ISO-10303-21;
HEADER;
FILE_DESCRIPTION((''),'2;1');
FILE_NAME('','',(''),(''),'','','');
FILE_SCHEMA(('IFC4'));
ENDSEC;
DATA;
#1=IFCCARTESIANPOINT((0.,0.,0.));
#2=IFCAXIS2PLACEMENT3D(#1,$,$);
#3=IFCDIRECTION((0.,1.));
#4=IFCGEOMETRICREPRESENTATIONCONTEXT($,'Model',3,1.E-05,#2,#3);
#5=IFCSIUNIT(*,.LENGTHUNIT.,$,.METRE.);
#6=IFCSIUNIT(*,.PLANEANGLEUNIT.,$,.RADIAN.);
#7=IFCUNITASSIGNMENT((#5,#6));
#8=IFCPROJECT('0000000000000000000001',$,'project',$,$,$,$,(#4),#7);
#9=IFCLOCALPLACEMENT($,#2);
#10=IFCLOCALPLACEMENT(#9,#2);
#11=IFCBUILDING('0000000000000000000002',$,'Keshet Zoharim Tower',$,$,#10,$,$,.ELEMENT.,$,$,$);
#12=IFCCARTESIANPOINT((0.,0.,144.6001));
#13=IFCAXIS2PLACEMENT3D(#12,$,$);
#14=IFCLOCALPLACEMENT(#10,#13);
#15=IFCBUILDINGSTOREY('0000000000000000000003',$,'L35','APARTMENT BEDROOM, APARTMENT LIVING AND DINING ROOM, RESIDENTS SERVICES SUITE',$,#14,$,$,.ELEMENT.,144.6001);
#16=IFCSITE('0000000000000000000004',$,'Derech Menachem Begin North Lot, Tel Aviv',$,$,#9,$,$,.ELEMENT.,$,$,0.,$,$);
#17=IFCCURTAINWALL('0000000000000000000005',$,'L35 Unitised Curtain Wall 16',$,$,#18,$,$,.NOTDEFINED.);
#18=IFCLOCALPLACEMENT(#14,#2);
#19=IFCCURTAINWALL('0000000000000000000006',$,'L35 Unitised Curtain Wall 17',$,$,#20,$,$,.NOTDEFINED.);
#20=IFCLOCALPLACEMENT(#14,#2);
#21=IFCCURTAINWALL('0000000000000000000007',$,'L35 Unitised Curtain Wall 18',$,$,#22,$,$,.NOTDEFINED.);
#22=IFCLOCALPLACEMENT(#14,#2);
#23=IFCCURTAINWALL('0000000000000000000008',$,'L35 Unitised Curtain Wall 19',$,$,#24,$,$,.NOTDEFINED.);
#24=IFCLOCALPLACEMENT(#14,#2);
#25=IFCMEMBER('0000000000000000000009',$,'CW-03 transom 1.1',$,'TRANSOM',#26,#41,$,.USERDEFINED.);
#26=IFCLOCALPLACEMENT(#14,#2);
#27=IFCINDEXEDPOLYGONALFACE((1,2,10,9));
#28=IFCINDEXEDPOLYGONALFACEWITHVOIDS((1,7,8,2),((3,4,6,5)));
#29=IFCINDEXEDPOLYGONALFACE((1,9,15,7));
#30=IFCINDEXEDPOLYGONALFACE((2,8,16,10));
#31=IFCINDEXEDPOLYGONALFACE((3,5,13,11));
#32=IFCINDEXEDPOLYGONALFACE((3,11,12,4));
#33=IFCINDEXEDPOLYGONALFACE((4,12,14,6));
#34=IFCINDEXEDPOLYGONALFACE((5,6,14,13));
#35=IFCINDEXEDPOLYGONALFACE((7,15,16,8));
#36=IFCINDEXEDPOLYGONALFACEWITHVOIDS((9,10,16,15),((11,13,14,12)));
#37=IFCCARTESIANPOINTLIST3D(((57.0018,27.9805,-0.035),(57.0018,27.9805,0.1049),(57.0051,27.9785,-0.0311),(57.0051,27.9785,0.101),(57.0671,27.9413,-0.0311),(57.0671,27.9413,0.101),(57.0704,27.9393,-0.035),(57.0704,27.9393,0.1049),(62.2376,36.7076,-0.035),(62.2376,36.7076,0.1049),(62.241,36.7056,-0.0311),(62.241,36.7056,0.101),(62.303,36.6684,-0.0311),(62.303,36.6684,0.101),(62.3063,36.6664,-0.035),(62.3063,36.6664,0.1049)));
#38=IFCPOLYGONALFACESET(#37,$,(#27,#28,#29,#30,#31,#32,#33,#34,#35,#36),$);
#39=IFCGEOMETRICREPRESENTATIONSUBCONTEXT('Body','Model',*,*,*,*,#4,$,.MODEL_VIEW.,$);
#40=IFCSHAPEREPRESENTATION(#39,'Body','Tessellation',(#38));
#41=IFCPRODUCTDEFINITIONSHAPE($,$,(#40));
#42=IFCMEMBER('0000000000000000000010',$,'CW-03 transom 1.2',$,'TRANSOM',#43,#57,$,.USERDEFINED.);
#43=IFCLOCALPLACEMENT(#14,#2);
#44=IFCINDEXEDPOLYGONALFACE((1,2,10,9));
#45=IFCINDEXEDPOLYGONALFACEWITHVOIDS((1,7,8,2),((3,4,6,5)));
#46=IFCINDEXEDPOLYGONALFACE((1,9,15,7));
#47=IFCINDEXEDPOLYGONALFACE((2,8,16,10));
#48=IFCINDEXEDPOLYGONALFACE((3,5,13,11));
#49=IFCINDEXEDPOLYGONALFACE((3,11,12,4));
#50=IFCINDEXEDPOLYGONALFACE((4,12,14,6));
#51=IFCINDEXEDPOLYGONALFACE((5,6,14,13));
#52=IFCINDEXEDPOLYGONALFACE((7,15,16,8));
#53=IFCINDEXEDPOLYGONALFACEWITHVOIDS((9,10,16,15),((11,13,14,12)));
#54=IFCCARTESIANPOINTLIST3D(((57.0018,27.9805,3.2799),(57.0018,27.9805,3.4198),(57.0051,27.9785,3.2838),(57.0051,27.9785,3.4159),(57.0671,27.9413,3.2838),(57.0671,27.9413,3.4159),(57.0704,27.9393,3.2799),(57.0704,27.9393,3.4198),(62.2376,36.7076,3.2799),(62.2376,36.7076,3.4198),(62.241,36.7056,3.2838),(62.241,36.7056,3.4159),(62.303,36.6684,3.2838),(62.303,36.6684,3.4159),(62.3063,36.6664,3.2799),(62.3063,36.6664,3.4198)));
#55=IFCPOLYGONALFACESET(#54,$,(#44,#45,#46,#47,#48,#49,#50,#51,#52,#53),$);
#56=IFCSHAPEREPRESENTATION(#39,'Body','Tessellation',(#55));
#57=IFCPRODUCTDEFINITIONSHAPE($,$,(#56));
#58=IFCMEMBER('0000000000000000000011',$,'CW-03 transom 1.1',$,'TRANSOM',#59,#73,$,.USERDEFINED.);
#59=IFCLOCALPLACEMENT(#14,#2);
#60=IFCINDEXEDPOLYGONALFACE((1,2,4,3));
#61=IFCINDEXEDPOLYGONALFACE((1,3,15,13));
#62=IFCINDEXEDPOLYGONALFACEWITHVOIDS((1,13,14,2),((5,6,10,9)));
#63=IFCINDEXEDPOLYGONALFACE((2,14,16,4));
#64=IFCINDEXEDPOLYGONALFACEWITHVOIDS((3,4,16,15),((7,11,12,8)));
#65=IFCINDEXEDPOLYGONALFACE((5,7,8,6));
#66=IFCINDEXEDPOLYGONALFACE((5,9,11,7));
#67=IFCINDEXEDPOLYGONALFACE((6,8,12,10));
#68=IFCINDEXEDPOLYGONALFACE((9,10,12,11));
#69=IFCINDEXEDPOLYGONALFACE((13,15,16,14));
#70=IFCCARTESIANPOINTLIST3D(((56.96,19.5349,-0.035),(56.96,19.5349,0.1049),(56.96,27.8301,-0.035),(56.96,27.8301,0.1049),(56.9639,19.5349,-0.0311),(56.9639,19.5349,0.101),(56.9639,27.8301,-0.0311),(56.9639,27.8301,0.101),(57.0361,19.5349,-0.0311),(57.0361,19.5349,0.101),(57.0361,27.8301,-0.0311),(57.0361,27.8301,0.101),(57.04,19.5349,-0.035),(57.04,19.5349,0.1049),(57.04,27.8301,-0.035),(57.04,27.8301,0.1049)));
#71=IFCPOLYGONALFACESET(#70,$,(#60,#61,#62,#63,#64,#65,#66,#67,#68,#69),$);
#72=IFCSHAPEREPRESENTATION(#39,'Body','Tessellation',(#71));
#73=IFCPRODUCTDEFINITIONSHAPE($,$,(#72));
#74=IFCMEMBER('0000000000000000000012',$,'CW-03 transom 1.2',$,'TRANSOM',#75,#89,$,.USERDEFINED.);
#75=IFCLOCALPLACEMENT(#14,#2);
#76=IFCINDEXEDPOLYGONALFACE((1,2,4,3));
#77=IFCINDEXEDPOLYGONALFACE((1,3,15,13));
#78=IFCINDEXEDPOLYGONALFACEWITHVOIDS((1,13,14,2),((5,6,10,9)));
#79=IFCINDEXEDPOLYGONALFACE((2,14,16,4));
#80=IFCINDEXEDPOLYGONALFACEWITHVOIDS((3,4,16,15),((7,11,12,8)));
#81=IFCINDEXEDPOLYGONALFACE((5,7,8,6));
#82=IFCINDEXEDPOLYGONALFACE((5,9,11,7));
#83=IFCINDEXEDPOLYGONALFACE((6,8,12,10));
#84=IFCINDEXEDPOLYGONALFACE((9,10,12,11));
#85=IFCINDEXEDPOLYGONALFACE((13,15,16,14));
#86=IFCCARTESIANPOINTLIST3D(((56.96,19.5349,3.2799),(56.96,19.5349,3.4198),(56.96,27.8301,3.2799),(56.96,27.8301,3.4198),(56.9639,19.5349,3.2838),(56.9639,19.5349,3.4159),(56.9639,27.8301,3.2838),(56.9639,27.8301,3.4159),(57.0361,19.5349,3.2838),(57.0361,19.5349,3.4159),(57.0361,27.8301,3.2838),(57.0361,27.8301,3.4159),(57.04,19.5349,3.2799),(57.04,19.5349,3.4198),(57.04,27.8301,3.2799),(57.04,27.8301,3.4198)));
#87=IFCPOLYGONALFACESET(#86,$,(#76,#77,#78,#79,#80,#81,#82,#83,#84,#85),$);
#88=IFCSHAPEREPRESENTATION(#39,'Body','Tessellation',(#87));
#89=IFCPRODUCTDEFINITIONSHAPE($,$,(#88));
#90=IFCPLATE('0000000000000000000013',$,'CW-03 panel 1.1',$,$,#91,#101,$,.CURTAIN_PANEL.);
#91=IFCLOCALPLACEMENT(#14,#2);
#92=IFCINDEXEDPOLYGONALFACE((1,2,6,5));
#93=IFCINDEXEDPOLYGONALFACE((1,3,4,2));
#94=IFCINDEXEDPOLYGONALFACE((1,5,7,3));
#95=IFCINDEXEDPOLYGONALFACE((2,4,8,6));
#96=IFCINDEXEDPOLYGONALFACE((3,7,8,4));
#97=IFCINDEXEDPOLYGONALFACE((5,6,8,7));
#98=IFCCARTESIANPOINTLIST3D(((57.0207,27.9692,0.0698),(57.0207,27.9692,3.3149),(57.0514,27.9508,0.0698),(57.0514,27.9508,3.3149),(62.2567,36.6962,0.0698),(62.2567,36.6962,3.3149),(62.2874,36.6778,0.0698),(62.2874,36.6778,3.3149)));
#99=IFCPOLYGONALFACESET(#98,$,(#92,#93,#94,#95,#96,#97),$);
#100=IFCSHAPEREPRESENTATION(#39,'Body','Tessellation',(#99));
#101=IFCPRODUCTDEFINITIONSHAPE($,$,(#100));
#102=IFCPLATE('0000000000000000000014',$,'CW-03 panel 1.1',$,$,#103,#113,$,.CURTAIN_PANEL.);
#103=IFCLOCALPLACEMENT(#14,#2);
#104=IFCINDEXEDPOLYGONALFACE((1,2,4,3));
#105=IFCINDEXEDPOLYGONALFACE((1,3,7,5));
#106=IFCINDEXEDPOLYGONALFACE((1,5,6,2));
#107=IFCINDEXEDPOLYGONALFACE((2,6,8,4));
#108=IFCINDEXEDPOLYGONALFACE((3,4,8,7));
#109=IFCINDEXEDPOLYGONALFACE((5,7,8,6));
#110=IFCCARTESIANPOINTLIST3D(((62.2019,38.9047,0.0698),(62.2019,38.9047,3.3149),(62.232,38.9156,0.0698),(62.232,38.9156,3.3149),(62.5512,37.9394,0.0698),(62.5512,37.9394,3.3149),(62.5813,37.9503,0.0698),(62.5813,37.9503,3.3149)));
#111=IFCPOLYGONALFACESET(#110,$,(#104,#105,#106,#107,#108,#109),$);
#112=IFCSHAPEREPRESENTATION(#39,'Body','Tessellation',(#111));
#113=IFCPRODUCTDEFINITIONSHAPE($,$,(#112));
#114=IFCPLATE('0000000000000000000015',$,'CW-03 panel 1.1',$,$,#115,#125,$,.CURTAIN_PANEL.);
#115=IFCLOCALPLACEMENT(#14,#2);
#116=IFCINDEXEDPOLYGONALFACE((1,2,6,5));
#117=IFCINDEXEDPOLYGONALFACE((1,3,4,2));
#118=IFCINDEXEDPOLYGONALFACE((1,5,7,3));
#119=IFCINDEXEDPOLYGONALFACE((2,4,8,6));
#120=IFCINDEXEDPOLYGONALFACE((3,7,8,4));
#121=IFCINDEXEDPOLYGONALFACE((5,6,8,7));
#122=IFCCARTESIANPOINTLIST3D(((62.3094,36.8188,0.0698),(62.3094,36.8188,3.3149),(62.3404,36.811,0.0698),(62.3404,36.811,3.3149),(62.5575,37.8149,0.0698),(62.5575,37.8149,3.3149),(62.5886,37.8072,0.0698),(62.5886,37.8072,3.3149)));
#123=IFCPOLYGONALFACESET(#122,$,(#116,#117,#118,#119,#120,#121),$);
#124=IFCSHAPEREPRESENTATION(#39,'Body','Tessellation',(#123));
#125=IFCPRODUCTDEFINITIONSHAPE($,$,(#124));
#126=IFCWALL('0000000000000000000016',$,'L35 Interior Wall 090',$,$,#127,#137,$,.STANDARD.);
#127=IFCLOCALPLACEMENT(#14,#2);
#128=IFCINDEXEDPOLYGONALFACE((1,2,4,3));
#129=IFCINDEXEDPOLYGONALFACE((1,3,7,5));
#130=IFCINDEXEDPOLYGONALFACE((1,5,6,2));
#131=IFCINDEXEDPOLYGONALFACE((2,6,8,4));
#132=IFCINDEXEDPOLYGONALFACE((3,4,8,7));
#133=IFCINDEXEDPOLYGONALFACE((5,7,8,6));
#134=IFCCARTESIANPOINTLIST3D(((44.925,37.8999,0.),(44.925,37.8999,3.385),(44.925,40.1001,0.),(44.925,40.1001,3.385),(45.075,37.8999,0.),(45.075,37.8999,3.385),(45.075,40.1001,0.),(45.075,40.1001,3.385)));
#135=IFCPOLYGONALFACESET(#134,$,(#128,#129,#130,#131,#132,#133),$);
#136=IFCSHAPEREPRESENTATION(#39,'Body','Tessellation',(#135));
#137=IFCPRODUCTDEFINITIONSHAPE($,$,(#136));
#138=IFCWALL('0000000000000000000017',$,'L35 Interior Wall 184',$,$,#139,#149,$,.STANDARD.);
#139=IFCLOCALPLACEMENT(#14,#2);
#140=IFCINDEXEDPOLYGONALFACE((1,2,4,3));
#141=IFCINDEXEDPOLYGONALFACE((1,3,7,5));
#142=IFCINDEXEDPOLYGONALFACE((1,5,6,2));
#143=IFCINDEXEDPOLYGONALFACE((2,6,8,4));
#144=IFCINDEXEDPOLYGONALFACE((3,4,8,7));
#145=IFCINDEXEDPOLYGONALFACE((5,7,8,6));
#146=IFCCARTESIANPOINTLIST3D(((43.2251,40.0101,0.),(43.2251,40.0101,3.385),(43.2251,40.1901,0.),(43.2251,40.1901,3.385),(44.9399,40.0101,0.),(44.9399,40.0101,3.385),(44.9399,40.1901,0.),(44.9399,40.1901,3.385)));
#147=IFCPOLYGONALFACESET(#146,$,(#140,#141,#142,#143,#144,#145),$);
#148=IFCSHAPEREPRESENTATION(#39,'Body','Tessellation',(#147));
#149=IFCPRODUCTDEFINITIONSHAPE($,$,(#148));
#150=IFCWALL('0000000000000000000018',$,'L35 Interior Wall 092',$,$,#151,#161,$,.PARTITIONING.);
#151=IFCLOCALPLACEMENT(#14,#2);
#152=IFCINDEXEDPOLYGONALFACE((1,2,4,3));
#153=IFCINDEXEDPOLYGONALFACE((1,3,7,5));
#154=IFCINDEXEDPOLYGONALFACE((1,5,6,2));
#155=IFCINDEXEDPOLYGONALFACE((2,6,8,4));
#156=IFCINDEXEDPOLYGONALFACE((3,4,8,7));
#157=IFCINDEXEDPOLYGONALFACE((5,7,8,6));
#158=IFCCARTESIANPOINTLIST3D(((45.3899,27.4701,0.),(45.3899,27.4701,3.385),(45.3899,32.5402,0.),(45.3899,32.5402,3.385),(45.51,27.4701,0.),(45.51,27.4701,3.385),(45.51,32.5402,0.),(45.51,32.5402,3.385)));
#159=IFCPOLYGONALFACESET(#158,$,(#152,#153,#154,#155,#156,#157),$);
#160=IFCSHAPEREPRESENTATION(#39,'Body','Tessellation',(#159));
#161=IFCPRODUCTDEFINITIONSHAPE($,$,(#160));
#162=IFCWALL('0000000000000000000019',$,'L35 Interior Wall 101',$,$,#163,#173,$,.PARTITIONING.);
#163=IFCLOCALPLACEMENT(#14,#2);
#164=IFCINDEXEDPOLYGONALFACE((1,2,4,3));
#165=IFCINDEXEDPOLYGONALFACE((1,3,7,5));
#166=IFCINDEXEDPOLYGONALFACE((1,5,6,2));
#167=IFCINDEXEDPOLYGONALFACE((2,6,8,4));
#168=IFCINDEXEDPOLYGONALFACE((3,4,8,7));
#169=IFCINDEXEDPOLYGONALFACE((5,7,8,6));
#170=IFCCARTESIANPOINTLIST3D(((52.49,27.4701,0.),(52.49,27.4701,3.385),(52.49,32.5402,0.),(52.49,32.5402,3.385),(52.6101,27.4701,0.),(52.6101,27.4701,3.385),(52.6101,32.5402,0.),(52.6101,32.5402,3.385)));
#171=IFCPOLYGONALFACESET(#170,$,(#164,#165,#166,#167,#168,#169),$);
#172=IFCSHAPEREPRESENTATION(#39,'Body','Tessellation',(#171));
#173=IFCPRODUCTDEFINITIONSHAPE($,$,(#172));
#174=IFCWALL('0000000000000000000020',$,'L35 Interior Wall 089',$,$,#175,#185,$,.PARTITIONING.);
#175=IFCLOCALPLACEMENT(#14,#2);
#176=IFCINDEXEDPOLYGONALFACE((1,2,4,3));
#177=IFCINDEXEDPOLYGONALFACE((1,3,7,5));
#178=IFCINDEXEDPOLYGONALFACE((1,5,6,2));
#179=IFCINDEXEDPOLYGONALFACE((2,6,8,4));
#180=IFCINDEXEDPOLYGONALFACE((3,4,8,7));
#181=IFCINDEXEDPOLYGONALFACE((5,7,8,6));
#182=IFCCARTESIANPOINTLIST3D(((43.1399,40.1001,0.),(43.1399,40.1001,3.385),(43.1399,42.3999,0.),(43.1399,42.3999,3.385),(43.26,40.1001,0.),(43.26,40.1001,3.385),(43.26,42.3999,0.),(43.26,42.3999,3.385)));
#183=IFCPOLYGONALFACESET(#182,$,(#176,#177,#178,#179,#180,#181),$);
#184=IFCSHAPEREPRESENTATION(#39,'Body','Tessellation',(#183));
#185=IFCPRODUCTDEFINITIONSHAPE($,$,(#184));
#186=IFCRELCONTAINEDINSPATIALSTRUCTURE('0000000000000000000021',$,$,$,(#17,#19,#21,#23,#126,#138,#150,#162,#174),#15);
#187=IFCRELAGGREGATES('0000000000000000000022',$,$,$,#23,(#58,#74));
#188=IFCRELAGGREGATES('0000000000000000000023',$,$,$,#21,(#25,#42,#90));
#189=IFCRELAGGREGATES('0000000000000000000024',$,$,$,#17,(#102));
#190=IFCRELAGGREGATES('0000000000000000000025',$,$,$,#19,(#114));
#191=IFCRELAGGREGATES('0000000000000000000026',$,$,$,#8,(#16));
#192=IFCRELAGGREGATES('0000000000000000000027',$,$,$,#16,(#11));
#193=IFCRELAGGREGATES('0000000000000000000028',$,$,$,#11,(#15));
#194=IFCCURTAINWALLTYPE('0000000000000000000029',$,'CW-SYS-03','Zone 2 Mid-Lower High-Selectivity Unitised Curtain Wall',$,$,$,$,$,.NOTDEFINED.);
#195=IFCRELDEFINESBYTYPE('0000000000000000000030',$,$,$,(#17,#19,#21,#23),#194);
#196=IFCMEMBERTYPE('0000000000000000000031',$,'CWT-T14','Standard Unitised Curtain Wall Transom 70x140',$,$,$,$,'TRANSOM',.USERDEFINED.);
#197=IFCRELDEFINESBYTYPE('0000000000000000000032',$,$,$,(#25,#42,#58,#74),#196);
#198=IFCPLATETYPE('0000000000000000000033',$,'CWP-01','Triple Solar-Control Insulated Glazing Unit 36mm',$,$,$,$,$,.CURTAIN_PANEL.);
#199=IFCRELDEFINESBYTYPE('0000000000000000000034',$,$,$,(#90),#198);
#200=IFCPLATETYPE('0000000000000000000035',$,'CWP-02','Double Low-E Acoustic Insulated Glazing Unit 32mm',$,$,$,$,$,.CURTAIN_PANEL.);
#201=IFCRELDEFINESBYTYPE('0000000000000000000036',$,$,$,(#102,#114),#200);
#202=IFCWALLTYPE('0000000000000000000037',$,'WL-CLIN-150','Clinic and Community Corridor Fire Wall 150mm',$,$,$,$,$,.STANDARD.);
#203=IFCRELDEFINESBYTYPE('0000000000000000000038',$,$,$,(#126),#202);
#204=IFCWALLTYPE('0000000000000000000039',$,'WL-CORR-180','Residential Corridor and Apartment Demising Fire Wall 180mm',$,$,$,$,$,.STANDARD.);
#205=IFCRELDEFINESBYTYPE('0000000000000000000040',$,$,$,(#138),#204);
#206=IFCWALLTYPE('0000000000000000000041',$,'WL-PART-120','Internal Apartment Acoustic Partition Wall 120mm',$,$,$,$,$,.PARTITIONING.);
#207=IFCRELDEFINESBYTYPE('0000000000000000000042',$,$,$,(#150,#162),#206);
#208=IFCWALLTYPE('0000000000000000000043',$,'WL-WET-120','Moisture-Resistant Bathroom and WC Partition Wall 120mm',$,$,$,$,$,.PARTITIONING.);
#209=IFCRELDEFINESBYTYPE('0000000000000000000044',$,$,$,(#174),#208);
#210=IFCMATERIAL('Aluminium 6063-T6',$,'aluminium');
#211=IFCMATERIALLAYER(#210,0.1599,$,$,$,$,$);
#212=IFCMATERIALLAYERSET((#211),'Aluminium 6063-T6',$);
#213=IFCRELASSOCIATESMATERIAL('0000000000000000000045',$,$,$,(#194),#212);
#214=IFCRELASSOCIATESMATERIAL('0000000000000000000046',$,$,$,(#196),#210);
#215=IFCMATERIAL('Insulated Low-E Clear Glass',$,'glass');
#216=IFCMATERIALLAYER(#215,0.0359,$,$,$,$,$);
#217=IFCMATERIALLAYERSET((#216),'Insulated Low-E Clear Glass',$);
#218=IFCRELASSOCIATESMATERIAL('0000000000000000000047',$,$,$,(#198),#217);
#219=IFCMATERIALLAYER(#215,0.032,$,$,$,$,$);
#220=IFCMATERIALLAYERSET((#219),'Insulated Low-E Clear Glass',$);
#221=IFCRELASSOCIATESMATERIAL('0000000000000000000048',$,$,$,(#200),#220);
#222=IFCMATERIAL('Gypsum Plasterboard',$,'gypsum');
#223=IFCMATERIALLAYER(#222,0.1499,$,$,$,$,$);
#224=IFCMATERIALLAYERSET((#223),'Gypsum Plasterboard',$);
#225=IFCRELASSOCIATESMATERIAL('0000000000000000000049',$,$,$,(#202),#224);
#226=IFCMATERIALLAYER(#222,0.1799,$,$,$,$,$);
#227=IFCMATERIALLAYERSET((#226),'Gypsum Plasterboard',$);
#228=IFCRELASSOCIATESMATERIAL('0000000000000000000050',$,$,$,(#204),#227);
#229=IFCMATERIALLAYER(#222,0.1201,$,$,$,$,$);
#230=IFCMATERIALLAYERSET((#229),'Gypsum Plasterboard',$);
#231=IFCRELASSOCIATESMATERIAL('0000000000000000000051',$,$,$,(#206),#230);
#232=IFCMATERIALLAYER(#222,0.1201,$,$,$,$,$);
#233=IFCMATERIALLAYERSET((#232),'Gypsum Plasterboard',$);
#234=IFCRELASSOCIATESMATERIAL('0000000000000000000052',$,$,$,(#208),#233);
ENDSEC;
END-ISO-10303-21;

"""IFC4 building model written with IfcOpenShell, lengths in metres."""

from ifc_helpers import new_model, si_unit, direction, frame, frame_2d, origin, origin_2d, place, context, subcontext, project, spatial, rectangle, hollow_rectangle, extrude, material, layer, layer_set, material_profile, profile_set, type_object, element, aggregate, save


model = new_model("IFC4")

# Units and contexts
model_context = context("Model", 3, precision=1e-05, world=origin(), true_north=direction((0.0, 1.0)))
body_context = subcontext(model_context, "Body", "Model", "MODEL_VIEW")
ifc_project = project(units=[si_unit("LENGTHUNIT", "METRE"), si_unit("PLANEANGLEUNIT", "RADIAN")], contexts=[model_context])

# Site, building, storey
site_placement = place(None, origin())
site = spatial("IfcSite", under=ifc_project, at=site_placement, Name="Derech Menachem Begin North Lot, Tel Aviv", CompositionType="ELEMENT", RefElevation=0.0)
building_placement = place(site_placement, origin())
building = spatial("IfcBuilding", under=site, at=building_placement, Name="Keshet Zoharim Tower", CompositionType="ELEMENT")
storey_placement = place(building_placement, frame((0.0, 0.0, 144.6001)))
storey = spatial("IfcBuildingStorey", under=building, at=storey_placement, Name="L35", Description="APARTMENT BEDROOM, APARTMENT LIVING AND DINING ROOM, RESIDENTS SERVICES SUITE", CompositionType="ELEMENT", Elevation=144.6001)

# Shared definitions
ifc_material_1 = material(Name="Aluminium 6063-T6", Category="aluminium")
ifc_layer_1 = layer(ifc_material_1, 0.1599)
ifc_layer_set_1 = layer_set([ifc_layer_1], Name="Aluminium 6063-T6")
curtain_wall_type = type_object("IfcCurtainWallType", Name="CW-SYS-03", Description="Zone 2 Mid-Lower High-Selectivity Unitised Curtain Wall", PredefinedType="NOTDEFINED", material=ifc_layer_set_1)

# Curtain walls
curtain_wall_1_placement = place(storey_placement, origin())
curtain_wall_1 = element("IfcCurtainWall", 1, at=curtain_wall_1_placement, inside=storey, type_object=curtain_wall_type, Name="L35 Unitised Curtain Wall 16", PredefinedType="NOTDEFINED")
curtain_wall_2_placement = place(storey_placement, origin())
curtain_wall_2 = element("IfcCurtainWall", 2, at=curtain_wall_2_placement, inside=storey, type_object=curtain_wall_type, Name="L35 Unitised Curtain Wall 17", PredefinedType="NOTDEFINED")
curtain_wall_3_placement = place(storey_placement, origin())
curtain_wall_3 = element("IfcCurtainWall", 3, at=curtain_wall_3_placement, inside=storey, type_object=curtain_wall_type, Name="L35 Unitised Curtain Wall 18", PredefinedType="NOTDEFINED")

# Curtain wall
curtain_wall_4_placement = place(storey_placement, origin())
curtain_wall_4 = element("IfcCurtainWall", 4, at=curtain_wall_4_placement, inside=storey, type_object=curtain_wall_type, Name="L35 Unitised Curtain Wall 19", PredefinedType="NOTDEFINED")

# Members
ifc_material_profile_1 = material_profile(ifc_material_1, hollow_rectangle(XDim=0.0801, YDim=0.1399, WallThickness=0.0039, at=origin_2d()), Name="TRN-80x140")
ifc_profile_set_1 = profile_set([ifc_material_profile_1], Name="Aluminium 6063-T6")
member_type_1 = type_object("IfcMemberType", Name="CWT-T14", Description="Standard Unitised Curtain Wall Transom 70x140", ElementType="TRANSOM", PredefinedType="USERDEFINED", material=ifc_profile_set_1)
member_1_placement = place(storey_placement, frame((62.272, 36.687, 0.0349), z_axis=(-0.514468, -0.85751, 0.0), x_axis=(0.85751, -0.514468, 0.0)))
member_1 = element("IfcMember", 5, at=member_1_placement, type_object=member_type_1, Name="CW-03 transom 1.1", ObjectType="TRANSOM", PredefinedType="USERDEFINED", context=body_context, shape_type="SweptSolid", body=[
    extrude(hollow_rectangle(XDim=0.0801, YDim=0.1399, WallThickness=0.0039, at=origin_2d()), origin(), (0.0, 0.0, 1.0), 10.1772),
])
member_2_placement = place(storey_placement, frame((62.272, 36.687, 3.3499), z_axis=(-0.514468, -0.85751, 0.0), x_axis=(0.85751, -0.514468, 0.0)))
member_2 = element("IfcMember", 6, at=member_2_placement, type_object=member_type_1, Name="CW-03 transom 1.2", ObjectType="TRANSOM", PredefinedType="USERDEFINED", context=body_context, shape_type="SweptSolid", body=[
    extrude(hollow_rectangle(XDim=0.0801, YDim=0.1399, WallThickness=0.0039, at=origin_2d()), origin(), (0.0, 0.0, 1.0), 10.1772),
])
member_3_placement = place(storey_placement, frame((57.0, 27.8301, 0.0349), z_axis=(0.0, -1.0, 0.0), x_axis=(1.0, 0.0, 0.0)))
member_3 = element("IfcMember", 7, at=member_3_placement, type_object=member_type_1, Name="CW-03 transom 1.1", ObjectType="TRANSOM", PredefinedType="USERDEFINED", context=body_context, shape_type="SweptSolid", body=[
    extrude(hollow_rectangle(XDim=0.0801, YDim=0.1399, WallThickness=0.0039, at=origin_2d()), origin(), (0.0, 0.0, 1.0), 8.2952),
])
member_4_placement = place(storey_placement, frame((57.0, 27.8301, 3.3499), z_axis=(0.0, -1.0, 0.0), x_axis=(1.0, 0.0, 0.0)))
member_4 = element("IfcMember", 8, at=member_4_placement, type_object=member_type_1, Name="CW-03 transom 1.2", ObjectType="TRANSOM", PredefinedType="USERDEFINED", context=body_context, shape_type="SweptSolid", body=[
    extrude(hollow_rectangle(XDim=0.0801, YDim=0.1399, WallThickness=0.0039, at=origin_2d()), origin(), (0.0, 0.0, 1.0), 8.2952),
])
aggregate(curtain_wall_4, [member_3, member_4])

# Plates
ifc_material_2 = material(Name="Insulated Low-E Clear Glass", Category="glass")
ifc_layer_2 = layer(ifc_material_2, 0.0359)
ifc_layer_set_2 = layer_set([ifc_layer_2], Name="Insulated Low-E Clear Glass")
plate_type_1 = type_object("IfcPlateType", Name="CWP-01", Description="Triple Solar-Control Insulated Glazing Unit 36mm", PredefinedType="CURTAIN_PANEL", material=ifc_layer_set_2)
plate_1_placement = place(storey_placement, frame((59.6541, 32.3235, 0.0698), z_axis=(0.0, 0.0, 1.0), x_axis=(-0.514482, -0.857501, 0.0)))
plate_1 = element("IfcPlate", 9, at=plate_1_placement, type_object=plate_type_1, Name="CW-03 panel 1.1", PredefinedType="CURTAIN_PANEL", context=body_context, shape_type="SweptSolid", body=[
    extrude(rectangle(XDim=10.1772, YDim=0.0359, at=origin_2d()), origin(), (0.0, 0.0, 1.0), 3.2451),
])
aggregate(curtain_wall_3, [member_1, member_2, plate_1])
ifc_layer_3 = layer(ifc_material_2, 0.032)
ifc_layer_set_3 = layer_set([ifc_layer_3], Name="Insulated Low-E Clear Glass")
plate_type_2 = type_object("IfcPlateType", Name="CWP-02", Description="Double Low-E Acoustic Insulated Glazing Unit 32mm", PredefinedType="CURTAIN_PANEL", material=ifc_layer_set_3)
plate_2_placement = place(storey_placement, frame((62.3916, 38.4275, 0.0698), z_axis=(0.0, 0.0, 1.0), x_axis=(0.340297, -0.940318, 0.0)))
plate_2 = element("IfcPlate", 10, at=plate_2_placement, type_object=plate_type_2, Name="CW-03 panel 1.1", PredefinedType="CURTAIN_PANEL", context=body_context, shape_type="SweptSolid", body=[
    extrude(rectangle(XDim=1.0266, YDim=0.032, at=origin_2d()), origin(), (0.0, 0.0, 1.0), 3.2451),
])
aggregate(curtain_wall_1, [plate_2])
plate_3_placement = place(storey_placement, frame((62.449, 37.313, 0.0698), z_axis=(0.0, 0.0, 1.0), x_axis=(-0.241729, -0.970344, 0.0)))
plate_3 = element("IfcPlate", 11, at=plate_3_placement, type_object=plate_type_2, Name="CW-03 panel 1.1", PredefinedType="CURTAIN_PANEL", context=body_context, shape_type="SweptSolid", body=[
    extrude(rectangle(XDim=1.0266, YDim=0.032, at=origin_2d()), origin(), (0.0, 0.0, 1.0), 3.2451),
])
aggregate(curtain_wall_2, [plate_3])

# Walls
ifc_material_3 = material(Name="Gypsum Plasterboard", Category="gypsum")
ifc_layer_4 = layer(ifc_material_3, 0.1499)
ifc_layer_set_4 = layer_set([ifc_layer_4], Name="Gypsum Plasterboard")
wall_type_1 = type_object("IfcWallType", Name="WL-CLIN-150", Description="Clinic and Community Corridor Fire Wall 150mm", PredefinedType="STANDARD", material=ifc_layer_set_4)
wall_1_placement = place(storey_placement, frame((45.0, 37.8999, 0.0), z_axis=(0.0, 0.0, 1.0), x_axis=(0.0, 1.0, 0.0)))
element("IfcWall", 12, at=wall_1_placement, inside=storey, type_object=wall_type_1, Name="L35 Interior Wall 090", PredefinedType="STANDARD", context=body_context, shape_type="SweptSolid", body=[
    extrude(rectangle(XDim=2.2002, YDim=0.1499, at=frame_2d((1.1001, 0.0))), origin(), (0.0, 0.0, 1.0), 3.385),
])
ifc_layer_5 = layer(ifc_material_3, 0.1799)
ifc_layer_set_5 = layer_set([ifc_layer_5], Name="Gypsum Plasterboard")
wall_type_2 = type_object("IfcWallType", Name="WL-CORR-180", Description="Residential Corridor and Apartment Demising Fire Wall 180mm", PredefinedType="STANDARD", material=ifc_layer_set_5)
wall_2_placement = place(storey_placement, frame((43.2251, 40.1001, 0.0), z_axis=(0.0, 0.0, 1.0), x_axis=(1.0, 0.0, 0.0)))
element("IfcWall", 13, at=wall_2_placement, inside=storey, type_object=wall_type_2, Name="L35 Interior Wall 184", PredefinedType="STANDARD", context=body_context, shape_type="SweptSolid", body=[
    extrude(rectangle(XDim=1.7148, YDim=0.1799, at=frame_2d((0.8574, 0.0))), origin(), (0.0, 0.0, 1.0), 3.385),
])
ifc_layer_6 = layer(ifc_material_3, 0.1201)
ifc_layer_set_6 = layer_set([ifc_layer_6], Name="Gypsum Plasterboard")
wall_type_3 = type_object("IfcWallType", Name="WL-PART-120", Description="Internal Apartment Acoustic Partition Wall 120mm", PredefinedType="PARTITIONING", material=ifc_layer_set_6)
for number, where, z_axis, x_axis, name in (
    (14, (45.45, 27.47, 0.0), (0.0, 0.0, 1.0), (0.0, 1.0, 0.0), "L35 Interior Wall 092"),
    (15, (52.55, 27.47, 0.0), (0.0, 0.0, 1.0), (0.0, 1.0, 0.0), "L35 Interior Wall 101"),
):
    element("IfcWall", number, at=place(storey_placement, frame(where, z_axis=z_axis, x_axis=x_axis)), inside=storey, type_object=wall_type_3, Name=name, PredefinedType="PARTITIONING", context=body_context, shape_type="SweptSolid", body=[
        extrude(rectangle(XDim=5.0701, YDim=0.1201, at=frame_2d((2.5352, 0.0))), origin(), (0.0, 0.0, 1.0), 3.385),
    ])
ifc_layer_7 = layer(ifc_material_3, 0.1201)
ifc_layer_set_7 = layer_set([ifc_layer_7], Name="Gypsum Plasterboard")
wall_type_4 = type_object("IfcWallType", Name="WL-WET-120", Description="Moisture-Resistant Bathroom and WC Partition Wall 120mm", PredefinedType="PARTITIONING", material=ifc_layer_set_7)
wall_3_placement = place(storey_placement, frame((43.2, 40.1001, 0.0), z_axis=(0.0, 0.0, 1.0), x_axis=(0.0, 1.0, 0.0)))
element("IfcWall", 16, at=wall_3_placement, inside=storey, type_object=wall_type_4, Name="L35 Interior Wall 089", PredefinedType="PARTITIONING", context=body_context, shape_type="SweptSolid", body=[
    extrude(rectangle(XDim=2.2998, YDim=0.1201, at=frame_2d((1.1499, 0.0))), origin(), (0.0, 0.0, 1.0), 3.385),
])

save(model, "model.ifc")
